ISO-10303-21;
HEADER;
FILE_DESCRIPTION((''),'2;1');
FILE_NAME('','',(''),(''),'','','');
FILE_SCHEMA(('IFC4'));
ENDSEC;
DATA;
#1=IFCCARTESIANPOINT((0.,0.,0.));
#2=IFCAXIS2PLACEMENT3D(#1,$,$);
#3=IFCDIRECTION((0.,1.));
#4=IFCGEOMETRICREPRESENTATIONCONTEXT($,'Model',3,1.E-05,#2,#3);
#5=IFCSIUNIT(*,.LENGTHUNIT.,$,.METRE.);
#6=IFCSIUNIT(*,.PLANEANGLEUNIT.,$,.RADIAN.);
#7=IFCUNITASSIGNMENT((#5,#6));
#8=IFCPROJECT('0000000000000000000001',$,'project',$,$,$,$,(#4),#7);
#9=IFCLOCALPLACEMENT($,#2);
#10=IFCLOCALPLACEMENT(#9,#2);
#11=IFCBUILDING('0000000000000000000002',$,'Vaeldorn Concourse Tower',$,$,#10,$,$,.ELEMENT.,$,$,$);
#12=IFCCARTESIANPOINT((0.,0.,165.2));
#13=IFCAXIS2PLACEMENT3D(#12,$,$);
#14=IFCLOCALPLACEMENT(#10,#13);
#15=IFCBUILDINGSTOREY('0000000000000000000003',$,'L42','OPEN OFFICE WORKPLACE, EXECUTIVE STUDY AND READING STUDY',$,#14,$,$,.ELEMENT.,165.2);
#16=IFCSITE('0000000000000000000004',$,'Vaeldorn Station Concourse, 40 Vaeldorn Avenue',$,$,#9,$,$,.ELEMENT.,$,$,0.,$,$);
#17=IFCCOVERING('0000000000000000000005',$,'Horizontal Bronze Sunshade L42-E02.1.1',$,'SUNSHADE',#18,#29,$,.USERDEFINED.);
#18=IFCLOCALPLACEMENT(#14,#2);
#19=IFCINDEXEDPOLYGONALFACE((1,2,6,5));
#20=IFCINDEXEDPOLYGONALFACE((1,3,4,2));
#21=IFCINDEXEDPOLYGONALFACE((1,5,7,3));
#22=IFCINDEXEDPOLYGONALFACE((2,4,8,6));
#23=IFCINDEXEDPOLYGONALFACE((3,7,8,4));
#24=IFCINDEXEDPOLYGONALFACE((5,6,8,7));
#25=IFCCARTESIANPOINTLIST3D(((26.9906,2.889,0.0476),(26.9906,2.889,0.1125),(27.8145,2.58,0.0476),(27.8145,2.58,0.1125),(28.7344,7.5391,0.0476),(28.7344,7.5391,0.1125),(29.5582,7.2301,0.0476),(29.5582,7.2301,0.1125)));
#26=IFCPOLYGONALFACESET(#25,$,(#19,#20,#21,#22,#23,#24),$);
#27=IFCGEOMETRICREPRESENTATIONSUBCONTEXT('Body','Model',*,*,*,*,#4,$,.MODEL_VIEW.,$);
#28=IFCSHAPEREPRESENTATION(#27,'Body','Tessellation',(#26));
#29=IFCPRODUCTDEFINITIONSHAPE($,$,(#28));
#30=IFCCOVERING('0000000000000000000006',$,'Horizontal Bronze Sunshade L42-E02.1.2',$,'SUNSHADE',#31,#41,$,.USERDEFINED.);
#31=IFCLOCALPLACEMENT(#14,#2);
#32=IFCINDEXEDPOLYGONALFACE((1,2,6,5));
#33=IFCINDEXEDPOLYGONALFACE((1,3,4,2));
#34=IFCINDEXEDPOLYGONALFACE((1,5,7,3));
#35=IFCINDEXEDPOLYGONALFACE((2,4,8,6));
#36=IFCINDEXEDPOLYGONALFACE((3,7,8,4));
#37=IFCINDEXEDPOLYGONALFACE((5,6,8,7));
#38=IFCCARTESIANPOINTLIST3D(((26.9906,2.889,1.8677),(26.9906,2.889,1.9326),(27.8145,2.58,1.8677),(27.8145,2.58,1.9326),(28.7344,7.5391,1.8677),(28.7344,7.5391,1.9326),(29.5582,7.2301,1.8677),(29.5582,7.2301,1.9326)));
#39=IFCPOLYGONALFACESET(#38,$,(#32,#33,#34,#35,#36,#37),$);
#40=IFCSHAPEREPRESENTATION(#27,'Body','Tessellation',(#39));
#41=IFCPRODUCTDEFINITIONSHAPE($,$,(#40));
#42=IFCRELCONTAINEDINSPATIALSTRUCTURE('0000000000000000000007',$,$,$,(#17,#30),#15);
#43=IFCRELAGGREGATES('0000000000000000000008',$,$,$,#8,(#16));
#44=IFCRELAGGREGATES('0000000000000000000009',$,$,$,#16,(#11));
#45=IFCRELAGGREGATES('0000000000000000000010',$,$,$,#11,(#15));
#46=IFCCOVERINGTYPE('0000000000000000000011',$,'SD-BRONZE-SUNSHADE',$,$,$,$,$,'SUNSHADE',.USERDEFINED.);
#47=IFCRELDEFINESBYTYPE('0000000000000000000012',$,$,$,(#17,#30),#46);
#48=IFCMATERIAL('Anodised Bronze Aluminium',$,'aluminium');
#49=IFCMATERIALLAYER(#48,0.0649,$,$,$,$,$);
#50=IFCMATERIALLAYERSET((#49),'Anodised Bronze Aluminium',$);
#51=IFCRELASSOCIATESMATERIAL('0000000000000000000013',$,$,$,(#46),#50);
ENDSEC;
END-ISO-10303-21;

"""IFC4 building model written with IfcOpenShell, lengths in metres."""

from ifc_helpers import new_model, si_unit, direction, frame, origin, origin_2d, place, context, subcontext, project, spatial, rectangle, extrude, source, transform, mapped, material, layer, layer_set, type_object, element, save


model = new_model("IFC4")

# Units and contexts
model_context = context("Model", 3, precision=1e-05, world=origin(), true_north=direction((0.0, 1.0)))
body_context = subcontext(model_context, "Body", "Model", "MODEL_VIEW")
ifc_project = project(units=[si_unit("LENGTHUNIT", "METRE"), si_unit("PLANEANGLEUNIT", "RADIAN")], contexts=[model_context])

# Site, building, storey
site_placement = place(None, origin())
site = spatial("IfcSite", under=ifc_project, at=site_placement, Name="Vaeldorn Station Concourse, 40 Vaeldorn Avenue", CompositionType="ELEMENT", RefElevation=0.0)
building_placement = place(site_placement, origin())
building = spatial("IfcBuilding", under=site, at=building_placement, Name="Vaeldorn Concourse Tower", CompositionType="ELEMENT")
storey_placement = place(building_placement, frame((0.0, 0.0, 165.2)))
storey = spatial("IfcBuildingStorey", under=building, at=storey_placement, Name="L42", Description="OPEN OFFICE WORKPLACE, EXECUTIVE STUDY AND READING STUDY", CompositionType="ELEMENT", Elevation=165.2)

# Shared definitions
ifc_material_1 = material(Name="Anodised Bronze Aluminium", Category="aluminium")

# Coverings
ifc_layer_1 = layer(ifc_material_1, 0.0649)
ifc_layer_set_1 = layer_set([ifc_layer_1], Name="Anodised Bronze Aluminium")
covering_type = type_object("IfcCoveringType", Name="SD-BRONZE-SUNSHADE", ElementType="SUNSHADE", PredefinedType="USERDEFINED", material=ifc_layer_set_1)
shared_shape_1 = source(origin(), body_context, "Body", "SweptSolid", [
    extrude(rectangle(XDim=4.9663, YDim=0.8799, at=origin_2d()), origin(), (0.0, 0.0, 1.0), 0.0649),
])
for number, where, z_axis, x_axis, name in (
    (1, (28.2744, 5.0596, 0.0476), (0.0, 0.0, 1.0), (0.351123, 0.936329, 0.0), "Horizontal Bronze Sunshade L42-E02.1.1"),
    (2, (28.2744, 5.0596, 1.8677), (0.0, 0.0, 1.0), (0.351123, 0.936329, 0.0), "Horizontal Bronze Sunshade L42-E02.1.2"),
):
    element("IfcCovering", number, at=place(storey_placement, frame(where, z_axis=z_axis, x_axis=x_axis)), inside=storey, type_object=covering_type, Name=name, ObjectType="SUNSHADE", PredefinedType="USERDEFINED", context=body_context, shape_type="MappedRepresentation", body=[
        mapped(shared_shape_1, transform((0.0, 0.0, 0.0), scale=1.0)),
    ])

save(model, "model.ifc")
